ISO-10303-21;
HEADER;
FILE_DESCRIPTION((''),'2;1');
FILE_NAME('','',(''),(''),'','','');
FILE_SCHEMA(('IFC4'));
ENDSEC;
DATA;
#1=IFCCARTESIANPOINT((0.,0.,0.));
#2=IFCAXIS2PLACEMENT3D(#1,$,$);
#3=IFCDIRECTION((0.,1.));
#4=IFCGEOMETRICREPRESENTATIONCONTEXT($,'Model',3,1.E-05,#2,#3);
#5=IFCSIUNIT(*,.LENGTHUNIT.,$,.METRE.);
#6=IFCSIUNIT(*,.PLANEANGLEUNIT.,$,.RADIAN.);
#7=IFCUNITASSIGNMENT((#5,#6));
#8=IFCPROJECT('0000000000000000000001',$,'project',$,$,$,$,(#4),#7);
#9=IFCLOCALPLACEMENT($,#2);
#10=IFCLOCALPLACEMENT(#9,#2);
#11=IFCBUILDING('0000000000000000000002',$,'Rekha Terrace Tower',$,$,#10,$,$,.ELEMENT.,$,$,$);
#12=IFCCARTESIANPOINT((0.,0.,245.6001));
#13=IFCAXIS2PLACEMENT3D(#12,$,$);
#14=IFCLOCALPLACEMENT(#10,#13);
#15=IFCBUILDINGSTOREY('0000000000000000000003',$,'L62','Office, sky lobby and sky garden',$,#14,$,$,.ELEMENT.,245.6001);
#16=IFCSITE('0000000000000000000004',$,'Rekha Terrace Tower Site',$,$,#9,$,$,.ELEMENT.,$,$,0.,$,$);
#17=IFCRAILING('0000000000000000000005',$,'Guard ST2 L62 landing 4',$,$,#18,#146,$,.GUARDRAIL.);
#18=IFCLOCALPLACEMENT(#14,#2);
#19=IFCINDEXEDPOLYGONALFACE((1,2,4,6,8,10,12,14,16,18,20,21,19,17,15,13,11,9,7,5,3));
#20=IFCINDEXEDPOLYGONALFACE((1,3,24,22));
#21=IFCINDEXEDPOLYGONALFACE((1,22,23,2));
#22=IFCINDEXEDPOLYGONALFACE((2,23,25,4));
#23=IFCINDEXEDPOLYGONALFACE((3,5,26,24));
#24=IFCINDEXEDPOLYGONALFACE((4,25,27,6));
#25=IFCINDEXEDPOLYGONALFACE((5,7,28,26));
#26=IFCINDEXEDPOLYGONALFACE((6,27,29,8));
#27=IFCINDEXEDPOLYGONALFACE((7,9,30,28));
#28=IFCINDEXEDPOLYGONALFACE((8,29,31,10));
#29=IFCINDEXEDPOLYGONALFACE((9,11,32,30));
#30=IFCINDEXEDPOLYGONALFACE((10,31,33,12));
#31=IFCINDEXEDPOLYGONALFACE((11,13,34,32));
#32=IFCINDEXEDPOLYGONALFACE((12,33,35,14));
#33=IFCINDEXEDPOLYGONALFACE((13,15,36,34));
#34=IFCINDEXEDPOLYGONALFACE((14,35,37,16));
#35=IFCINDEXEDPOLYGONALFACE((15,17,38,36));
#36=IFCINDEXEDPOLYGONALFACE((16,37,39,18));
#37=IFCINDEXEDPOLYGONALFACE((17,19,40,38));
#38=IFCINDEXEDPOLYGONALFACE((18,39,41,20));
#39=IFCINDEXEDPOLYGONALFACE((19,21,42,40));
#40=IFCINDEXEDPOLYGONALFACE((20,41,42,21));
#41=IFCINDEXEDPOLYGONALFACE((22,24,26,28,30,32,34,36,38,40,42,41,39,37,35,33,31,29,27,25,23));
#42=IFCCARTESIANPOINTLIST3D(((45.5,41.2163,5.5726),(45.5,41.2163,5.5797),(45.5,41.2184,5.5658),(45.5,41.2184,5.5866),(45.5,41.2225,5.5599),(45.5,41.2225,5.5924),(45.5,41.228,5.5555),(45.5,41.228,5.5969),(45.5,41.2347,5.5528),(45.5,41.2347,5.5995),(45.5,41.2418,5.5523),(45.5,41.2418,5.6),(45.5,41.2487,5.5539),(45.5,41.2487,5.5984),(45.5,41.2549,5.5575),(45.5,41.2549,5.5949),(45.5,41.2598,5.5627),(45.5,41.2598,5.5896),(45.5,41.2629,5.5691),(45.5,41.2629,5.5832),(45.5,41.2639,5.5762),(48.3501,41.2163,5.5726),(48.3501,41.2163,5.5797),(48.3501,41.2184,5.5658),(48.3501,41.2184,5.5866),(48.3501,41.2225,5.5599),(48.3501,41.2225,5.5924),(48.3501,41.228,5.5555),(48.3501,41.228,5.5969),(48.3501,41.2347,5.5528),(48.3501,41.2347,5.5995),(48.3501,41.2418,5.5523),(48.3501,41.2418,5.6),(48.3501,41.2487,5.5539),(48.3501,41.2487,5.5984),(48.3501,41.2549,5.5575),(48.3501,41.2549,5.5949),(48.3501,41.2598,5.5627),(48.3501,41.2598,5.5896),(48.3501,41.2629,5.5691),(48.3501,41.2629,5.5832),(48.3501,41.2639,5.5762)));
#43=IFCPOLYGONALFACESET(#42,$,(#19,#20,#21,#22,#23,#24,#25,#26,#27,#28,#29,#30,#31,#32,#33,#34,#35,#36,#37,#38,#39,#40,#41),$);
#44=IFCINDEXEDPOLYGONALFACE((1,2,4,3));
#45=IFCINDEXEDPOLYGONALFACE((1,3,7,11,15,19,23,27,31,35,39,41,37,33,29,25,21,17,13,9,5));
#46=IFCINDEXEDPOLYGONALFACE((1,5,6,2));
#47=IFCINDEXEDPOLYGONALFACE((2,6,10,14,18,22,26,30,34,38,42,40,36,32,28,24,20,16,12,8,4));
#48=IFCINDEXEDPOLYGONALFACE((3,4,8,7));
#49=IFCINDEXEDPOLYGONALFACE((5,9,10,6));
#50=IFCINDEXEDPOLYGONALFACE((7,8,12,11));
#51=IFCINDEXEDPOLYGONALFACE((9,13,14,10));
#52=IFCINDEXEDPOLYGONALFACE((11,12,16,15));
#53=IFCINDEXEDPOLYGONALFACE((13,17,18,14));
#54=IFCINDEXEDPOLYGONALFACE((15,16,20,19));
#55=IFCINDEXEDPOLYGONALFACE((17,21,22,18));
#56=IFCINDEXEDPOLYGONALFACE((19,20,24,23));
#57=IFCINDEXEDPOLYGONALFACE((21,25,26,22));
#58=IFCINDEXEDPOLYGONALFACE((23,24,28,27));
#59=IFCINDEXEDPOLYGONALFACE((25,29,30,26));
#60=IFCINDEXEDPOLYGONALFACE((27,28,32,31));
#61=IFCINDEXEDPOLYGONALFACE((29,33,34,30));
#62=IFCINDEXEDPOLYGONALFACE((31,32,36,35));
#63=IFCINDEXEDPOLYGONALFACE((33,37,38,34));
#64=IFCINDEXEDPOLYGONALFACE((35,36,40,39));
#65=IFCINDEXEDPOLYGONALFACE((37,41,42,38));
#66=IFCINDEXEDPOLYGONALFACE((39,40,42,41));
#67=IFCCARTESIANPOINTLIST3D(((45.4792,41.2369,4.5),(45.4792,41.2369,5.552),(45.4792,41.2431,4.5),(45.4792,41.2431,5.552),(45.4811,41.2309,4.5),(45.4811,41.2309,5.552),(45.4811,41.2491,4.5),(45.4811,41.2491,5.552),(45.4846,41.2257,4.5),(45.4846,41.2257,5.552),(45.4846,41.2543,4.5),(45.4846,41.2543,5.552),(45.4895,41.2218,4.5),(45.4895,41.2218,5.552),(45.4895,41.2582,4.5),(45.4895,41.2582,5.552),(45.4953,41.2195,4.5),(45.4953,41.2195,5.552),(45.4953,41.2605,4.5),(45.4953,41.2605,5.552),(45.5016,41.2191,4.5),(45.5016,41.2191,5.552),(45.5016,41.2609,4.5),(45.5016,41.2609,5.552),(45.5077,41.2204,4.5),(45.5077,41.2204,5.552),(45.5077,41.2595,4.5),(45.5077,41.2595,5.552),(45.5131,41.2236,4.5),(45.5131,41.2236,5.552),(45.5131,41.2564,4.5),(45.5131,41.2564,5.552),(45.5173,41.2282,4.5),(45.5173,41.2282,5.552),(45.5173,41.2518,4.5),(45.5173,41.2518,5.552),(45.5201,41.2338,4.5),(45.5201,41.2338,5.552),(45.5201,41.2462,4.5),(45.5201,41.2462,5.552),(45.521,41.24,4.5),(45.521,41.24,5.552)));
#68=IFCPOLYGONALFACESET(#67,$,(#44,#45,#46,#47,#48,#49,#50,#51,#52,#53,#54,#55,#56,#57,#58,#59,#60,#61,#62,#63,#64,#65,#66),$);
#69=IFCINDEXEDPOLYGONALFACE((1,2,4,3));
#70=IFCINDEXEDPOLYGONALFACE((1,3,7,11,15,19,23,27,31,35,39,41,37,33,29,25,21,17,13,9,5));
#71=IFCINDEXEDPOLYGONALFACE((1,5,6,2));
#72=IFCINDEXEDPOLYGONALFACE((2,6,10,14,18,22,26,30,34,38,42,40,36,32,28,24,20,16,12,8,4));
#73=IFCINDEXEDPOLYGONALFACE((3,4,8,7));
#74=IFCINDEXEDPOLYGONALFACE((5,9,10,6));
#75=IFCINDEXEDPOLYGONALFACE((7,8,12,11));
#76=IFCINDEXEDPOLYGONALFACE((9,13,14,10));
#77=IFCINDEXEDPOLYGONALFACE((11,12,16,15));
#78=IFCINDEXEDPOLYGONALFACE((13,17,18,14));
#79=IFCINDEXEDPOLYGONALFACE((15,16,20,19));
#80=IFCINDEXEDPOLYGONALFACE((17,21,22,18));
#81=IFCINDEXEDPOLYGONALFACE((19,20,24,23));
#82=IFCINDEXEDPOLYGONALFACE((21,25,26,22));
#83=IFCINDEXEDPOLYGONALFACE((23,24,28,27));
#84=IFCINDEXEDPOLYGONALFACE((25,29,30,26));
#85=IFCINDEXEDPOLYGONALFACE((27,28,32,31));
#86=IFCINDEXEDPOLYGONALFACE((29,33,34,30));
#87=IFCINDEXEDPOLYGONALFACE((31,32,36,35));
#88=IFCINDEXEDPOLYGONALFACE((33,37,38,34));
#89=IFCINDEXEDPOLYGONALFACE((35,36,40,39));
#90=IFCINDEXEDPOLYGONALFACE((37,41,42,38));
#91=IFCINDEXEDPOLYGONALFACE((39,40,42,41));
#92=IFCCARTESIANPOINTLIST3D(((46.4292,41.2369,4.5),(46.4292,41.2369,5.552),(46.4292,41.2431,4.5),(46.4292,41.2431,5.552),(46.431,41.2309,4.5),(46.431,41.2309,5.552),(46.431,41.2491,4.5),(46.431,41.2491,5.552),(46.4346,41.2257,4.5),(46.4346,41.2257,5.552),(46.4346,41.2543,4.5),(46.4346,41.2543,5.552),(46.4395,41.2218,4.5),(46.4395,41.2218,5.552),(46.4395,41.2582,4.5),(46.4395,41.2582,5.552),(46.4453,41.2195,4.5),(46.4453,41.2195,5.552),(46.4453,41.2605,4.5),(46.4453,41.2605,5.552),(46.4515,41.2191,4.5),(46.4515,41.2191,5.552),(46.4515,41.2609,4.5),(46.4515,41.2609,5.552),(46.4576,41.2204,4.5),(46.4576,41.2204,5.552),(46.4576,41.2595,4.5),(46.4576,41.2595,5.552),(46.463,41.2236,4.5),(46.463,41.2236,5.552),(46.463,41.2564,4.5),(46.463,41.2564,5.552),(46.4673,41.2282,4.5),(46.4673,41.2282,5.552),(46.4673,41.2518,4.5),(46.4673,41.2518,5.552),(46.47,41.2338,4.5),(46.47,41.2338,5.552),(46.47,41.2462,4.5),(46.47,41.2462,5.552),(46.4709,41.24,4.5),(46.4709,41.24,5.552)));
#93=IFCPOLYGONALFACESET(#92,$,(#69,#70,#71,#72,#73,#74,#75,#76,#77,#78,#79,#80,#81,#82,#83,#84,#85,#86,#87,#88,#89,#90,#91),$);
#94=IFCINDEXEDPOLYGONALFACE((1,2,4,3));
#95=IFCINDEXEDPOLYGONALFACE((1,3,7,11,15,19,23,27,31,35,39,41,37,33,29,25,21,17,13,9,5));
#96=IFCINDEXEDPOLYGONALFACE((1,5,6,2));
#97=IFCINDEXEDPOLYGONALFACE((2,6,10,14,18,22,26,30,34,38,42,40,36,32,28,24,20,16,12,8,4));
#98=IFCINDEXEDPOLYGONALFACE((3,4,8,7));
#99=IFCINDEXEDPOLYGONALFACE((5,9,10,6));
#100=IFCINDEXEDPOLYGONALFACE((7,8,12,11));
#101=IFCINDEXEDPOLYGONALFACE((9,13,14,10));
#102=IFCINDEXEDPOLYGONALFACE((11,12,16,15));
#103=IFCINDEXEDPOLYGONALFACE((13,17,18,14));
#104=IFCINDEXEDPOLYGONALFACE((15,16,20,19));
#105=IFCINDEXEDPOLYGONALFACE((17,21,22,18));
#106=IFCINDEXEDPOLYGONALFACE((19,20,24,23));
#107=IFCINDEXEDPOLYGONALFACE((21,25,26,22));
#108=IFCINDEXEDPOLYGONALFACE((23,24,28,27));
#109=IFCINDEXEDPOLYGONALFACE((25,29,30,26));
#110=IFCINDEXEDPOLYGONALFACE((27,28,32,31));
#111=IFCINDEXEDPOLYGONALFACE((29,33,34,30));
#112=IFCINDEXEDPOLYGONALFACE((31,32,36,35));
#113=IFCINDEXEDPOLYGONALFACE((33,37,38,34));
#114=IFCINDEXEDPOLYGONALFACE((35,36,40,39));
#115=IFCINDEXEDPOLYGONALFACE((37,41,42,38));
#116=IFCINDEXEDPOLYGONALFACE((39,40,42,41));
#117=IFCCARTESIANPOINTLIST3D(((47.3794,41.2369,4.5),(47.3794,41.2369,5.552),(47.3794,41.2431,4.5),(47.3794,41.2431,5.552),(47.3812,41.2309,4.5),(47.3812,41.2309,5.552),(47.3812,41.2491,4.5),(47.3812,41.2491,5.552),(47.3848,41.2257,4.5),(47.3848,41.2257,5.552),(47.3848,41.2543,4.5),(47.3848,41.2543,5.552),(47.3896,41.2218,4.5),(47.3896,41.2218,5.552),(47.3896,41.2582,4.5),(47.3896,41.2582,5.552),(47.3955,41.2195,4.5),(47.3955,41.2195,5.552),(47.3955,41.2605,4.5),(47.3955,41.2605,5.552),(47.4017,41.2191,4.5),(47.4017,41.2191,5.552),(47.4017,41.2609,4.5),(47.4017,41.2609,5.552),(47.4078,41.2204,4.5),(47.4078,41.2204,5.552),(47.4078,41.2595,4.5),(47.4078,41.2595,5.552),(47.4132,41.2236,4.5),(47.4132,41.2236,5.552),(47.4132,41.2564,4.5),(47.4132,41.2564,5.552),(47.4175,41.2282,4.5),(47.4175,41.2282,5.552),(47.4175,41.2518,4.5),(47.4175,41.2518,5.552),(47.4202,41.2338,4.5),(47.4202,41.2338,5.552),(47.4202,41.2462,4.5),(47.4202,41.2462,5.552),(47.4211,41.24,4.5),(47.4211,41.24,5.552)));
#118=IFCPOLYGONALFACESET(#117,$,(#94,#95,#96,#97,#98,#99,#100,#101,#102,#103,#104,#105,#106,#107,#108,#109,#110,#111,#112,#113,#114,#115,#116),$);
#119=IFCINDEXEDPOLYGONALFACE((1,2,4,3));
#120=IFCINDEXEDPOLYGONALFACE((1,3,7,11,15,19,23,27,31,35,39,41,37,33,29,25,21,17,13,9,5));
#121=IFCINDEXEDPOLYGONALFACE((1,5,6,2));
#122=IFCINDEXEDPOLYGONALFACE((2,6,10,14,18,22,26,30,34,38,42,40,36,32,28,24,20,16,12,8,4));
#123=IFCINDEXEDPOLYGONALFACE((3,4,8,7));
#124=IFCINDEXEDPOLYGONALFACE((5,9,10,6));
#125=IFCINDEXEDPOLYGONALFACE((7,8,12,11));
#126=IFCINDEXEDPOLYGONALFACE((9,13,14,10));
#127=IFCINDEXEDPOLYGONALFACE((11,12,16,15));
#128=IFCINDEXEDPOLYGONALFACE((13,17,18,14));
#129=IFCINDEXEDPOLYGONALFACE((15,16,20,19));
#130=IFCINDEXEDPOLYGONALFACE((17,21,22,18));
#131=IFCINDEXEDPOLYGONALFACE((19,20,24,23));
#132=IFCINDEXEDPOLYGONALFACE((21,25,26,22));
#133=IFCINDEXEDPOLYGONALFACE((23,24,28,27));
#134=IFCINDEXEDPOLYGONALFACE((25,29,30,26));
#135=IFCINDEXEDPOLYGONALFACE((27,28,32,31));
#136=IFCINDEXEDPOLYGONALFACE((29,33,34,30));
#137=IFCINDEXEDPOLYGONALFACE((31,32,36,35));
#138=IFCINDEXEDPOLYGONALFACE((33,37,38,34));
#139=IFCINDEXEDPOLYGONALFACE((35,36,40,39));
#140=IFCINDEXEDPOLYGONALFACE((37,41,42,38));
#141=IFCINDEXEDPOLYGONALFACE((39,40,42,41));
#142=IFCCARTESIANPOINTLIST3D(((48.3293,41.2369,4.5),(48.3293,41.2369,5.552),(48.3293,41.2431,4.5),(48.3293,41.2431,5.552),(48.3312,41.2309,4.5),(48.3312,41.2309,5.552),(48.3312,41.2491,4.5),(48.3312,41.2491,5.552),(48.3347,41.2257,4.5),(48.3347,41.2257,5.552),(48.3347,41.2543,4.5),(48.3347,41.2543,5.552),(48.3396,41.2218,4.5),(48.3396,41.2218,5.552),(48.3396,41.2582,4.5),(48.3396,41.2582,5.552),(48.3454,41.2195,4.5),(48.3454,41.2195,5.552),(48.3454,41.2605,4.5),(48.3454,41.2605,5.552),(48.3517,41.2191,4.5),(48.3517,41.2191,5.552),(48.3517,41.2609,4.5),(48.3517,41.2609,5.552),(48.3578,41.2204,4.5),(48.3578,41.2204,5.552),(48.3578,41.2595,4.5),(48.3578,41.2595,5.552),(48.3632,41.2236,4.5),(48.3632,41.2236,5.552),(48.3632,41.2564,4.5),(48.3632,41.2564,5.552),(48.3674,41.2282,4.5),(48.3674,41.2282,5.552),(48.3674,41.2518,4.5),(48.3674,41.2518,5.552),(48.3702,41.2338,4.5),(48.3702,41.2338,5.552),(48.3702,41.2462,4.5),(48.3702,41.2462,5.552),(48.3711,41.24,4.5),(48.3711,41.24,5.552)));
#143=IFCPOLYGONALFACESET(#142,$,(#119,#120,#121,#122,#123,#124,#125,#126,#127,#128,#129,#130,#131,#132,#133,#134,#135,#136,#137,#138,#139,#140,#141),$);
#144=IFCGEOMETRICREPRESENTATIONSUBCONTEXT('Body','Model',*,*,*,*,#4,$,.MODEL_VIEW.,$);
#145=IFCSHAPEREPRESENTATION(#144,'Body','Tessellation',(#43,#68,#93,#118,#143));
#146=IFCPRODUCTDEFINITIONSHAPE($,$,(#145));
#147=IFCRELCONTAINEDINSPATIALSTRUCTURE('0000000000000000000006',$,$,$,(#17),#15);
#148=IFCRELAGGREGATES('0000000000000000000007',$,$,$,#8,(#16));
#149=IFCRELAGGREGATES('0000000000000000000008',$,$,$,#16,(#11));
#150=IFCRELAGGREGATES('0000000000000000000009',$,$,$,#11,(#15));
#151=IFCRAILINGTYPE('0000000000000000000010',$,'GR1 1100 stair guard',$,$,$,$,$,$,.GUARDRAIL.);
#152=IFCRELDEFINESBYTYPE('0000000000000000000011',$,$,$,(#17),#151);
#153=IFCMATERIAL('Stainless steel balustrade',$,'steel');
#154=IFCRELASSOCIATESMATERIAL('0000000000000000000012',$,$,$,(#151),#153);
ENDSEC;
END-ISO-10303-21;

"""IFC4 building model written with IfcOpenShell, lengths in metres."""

from ifc_helpers import new_model, si_unit, direction, frame, origin, origin_2d, place, context, subcontext, project, spatial, circle, extrude, material, type_object, element, save


model = new_model("IFC4")

# Units and contexts
model_context = context("Model", 3, precision=1e-05, world=origin(), true_north=direction((0.0, 1.0)))
body_context = subcontext(model_context, "Body", "Model", "MODEL_VIEW")
ifc_project = project(units=[si_unit("LENGTHUNIT", "METRE"), si_unit("PLANEANGLEUNIT", "RADIAN")], contexts=[model_context])

# Site, building, storey
site_placement = place(None, origin())
site = spatial("IfcSite", under=ifc_project, at=site_placement, Name="Rekha Terrace Tower Site", CompositionType="ELEMENT", RefElevation=0.0)
building_placement = place(site_placement, origin())
building = spatial("IfcBuilding", under=site, at=building_placement, Name="Rekha Terrace Tower", CompositionType="ELEMENT")
storey_placement = place(building_placement, frame((0.0, 0.0, 245.6001)))
storey = spatial("IfcBuildingStorey", under=building, at=storey_placement, Name="L62", Description="Office, sky lobby and sky garden", CompositionType="ELEMENT", Elevation=245.6001)

# Railing
ifc_material_1 = material(Name="Stainless steel balustrade", Category="steel")
railing_type_1 = type_object("IfcRailingType", Name="GR1 1100 stair guard", PredefinedType="GUARDRAIL", material=ifc_material_1)
railing_1_placement = place(storey_placement, frame((45.5, 41.24, 4.5)))
element("IfcRailing", 1, at=railing_1_placement, inside=storey, type_object=railing_type_1, Name="Guard ST2 L62 landing 4", PredefinedType="GUARDRAIL", context=body_context, shape_type="SweptSolid", body=[
    extrude(circle(Radius=0.0239, at=origin_2d()), frame((0.0, 0.0, 1.0762), z_axis=(1.0, 0.0, 0.0), x_axis=(0.0, 1.0, 0.0)), (0.0, 0.0, 1.0), 2.8501),
    extrude(circle(Radius=0.021, at=origin_2d()), origin(), (0.0, 0.0, 1.0), 1.052),
    extrude(circle(Radius=0.021, at=origin_2d()), frame((0.95, 0.0, 0.0)), (0.0, 0.0, 1.0), 1.052),
    extrude(circle(Radius=0.021, at=origin_2d()), frame((1.9001, 0.0, 0.0)), (0.0, 0.0, 1.0), 1.052),
    extrude(circle(Radius=0.021, at=origin_2d()), frame((2.8501, 0.0, 0.0)), (0.0, 0.0, 1.0), 1.052),
])

save(model, "model.ifc")
